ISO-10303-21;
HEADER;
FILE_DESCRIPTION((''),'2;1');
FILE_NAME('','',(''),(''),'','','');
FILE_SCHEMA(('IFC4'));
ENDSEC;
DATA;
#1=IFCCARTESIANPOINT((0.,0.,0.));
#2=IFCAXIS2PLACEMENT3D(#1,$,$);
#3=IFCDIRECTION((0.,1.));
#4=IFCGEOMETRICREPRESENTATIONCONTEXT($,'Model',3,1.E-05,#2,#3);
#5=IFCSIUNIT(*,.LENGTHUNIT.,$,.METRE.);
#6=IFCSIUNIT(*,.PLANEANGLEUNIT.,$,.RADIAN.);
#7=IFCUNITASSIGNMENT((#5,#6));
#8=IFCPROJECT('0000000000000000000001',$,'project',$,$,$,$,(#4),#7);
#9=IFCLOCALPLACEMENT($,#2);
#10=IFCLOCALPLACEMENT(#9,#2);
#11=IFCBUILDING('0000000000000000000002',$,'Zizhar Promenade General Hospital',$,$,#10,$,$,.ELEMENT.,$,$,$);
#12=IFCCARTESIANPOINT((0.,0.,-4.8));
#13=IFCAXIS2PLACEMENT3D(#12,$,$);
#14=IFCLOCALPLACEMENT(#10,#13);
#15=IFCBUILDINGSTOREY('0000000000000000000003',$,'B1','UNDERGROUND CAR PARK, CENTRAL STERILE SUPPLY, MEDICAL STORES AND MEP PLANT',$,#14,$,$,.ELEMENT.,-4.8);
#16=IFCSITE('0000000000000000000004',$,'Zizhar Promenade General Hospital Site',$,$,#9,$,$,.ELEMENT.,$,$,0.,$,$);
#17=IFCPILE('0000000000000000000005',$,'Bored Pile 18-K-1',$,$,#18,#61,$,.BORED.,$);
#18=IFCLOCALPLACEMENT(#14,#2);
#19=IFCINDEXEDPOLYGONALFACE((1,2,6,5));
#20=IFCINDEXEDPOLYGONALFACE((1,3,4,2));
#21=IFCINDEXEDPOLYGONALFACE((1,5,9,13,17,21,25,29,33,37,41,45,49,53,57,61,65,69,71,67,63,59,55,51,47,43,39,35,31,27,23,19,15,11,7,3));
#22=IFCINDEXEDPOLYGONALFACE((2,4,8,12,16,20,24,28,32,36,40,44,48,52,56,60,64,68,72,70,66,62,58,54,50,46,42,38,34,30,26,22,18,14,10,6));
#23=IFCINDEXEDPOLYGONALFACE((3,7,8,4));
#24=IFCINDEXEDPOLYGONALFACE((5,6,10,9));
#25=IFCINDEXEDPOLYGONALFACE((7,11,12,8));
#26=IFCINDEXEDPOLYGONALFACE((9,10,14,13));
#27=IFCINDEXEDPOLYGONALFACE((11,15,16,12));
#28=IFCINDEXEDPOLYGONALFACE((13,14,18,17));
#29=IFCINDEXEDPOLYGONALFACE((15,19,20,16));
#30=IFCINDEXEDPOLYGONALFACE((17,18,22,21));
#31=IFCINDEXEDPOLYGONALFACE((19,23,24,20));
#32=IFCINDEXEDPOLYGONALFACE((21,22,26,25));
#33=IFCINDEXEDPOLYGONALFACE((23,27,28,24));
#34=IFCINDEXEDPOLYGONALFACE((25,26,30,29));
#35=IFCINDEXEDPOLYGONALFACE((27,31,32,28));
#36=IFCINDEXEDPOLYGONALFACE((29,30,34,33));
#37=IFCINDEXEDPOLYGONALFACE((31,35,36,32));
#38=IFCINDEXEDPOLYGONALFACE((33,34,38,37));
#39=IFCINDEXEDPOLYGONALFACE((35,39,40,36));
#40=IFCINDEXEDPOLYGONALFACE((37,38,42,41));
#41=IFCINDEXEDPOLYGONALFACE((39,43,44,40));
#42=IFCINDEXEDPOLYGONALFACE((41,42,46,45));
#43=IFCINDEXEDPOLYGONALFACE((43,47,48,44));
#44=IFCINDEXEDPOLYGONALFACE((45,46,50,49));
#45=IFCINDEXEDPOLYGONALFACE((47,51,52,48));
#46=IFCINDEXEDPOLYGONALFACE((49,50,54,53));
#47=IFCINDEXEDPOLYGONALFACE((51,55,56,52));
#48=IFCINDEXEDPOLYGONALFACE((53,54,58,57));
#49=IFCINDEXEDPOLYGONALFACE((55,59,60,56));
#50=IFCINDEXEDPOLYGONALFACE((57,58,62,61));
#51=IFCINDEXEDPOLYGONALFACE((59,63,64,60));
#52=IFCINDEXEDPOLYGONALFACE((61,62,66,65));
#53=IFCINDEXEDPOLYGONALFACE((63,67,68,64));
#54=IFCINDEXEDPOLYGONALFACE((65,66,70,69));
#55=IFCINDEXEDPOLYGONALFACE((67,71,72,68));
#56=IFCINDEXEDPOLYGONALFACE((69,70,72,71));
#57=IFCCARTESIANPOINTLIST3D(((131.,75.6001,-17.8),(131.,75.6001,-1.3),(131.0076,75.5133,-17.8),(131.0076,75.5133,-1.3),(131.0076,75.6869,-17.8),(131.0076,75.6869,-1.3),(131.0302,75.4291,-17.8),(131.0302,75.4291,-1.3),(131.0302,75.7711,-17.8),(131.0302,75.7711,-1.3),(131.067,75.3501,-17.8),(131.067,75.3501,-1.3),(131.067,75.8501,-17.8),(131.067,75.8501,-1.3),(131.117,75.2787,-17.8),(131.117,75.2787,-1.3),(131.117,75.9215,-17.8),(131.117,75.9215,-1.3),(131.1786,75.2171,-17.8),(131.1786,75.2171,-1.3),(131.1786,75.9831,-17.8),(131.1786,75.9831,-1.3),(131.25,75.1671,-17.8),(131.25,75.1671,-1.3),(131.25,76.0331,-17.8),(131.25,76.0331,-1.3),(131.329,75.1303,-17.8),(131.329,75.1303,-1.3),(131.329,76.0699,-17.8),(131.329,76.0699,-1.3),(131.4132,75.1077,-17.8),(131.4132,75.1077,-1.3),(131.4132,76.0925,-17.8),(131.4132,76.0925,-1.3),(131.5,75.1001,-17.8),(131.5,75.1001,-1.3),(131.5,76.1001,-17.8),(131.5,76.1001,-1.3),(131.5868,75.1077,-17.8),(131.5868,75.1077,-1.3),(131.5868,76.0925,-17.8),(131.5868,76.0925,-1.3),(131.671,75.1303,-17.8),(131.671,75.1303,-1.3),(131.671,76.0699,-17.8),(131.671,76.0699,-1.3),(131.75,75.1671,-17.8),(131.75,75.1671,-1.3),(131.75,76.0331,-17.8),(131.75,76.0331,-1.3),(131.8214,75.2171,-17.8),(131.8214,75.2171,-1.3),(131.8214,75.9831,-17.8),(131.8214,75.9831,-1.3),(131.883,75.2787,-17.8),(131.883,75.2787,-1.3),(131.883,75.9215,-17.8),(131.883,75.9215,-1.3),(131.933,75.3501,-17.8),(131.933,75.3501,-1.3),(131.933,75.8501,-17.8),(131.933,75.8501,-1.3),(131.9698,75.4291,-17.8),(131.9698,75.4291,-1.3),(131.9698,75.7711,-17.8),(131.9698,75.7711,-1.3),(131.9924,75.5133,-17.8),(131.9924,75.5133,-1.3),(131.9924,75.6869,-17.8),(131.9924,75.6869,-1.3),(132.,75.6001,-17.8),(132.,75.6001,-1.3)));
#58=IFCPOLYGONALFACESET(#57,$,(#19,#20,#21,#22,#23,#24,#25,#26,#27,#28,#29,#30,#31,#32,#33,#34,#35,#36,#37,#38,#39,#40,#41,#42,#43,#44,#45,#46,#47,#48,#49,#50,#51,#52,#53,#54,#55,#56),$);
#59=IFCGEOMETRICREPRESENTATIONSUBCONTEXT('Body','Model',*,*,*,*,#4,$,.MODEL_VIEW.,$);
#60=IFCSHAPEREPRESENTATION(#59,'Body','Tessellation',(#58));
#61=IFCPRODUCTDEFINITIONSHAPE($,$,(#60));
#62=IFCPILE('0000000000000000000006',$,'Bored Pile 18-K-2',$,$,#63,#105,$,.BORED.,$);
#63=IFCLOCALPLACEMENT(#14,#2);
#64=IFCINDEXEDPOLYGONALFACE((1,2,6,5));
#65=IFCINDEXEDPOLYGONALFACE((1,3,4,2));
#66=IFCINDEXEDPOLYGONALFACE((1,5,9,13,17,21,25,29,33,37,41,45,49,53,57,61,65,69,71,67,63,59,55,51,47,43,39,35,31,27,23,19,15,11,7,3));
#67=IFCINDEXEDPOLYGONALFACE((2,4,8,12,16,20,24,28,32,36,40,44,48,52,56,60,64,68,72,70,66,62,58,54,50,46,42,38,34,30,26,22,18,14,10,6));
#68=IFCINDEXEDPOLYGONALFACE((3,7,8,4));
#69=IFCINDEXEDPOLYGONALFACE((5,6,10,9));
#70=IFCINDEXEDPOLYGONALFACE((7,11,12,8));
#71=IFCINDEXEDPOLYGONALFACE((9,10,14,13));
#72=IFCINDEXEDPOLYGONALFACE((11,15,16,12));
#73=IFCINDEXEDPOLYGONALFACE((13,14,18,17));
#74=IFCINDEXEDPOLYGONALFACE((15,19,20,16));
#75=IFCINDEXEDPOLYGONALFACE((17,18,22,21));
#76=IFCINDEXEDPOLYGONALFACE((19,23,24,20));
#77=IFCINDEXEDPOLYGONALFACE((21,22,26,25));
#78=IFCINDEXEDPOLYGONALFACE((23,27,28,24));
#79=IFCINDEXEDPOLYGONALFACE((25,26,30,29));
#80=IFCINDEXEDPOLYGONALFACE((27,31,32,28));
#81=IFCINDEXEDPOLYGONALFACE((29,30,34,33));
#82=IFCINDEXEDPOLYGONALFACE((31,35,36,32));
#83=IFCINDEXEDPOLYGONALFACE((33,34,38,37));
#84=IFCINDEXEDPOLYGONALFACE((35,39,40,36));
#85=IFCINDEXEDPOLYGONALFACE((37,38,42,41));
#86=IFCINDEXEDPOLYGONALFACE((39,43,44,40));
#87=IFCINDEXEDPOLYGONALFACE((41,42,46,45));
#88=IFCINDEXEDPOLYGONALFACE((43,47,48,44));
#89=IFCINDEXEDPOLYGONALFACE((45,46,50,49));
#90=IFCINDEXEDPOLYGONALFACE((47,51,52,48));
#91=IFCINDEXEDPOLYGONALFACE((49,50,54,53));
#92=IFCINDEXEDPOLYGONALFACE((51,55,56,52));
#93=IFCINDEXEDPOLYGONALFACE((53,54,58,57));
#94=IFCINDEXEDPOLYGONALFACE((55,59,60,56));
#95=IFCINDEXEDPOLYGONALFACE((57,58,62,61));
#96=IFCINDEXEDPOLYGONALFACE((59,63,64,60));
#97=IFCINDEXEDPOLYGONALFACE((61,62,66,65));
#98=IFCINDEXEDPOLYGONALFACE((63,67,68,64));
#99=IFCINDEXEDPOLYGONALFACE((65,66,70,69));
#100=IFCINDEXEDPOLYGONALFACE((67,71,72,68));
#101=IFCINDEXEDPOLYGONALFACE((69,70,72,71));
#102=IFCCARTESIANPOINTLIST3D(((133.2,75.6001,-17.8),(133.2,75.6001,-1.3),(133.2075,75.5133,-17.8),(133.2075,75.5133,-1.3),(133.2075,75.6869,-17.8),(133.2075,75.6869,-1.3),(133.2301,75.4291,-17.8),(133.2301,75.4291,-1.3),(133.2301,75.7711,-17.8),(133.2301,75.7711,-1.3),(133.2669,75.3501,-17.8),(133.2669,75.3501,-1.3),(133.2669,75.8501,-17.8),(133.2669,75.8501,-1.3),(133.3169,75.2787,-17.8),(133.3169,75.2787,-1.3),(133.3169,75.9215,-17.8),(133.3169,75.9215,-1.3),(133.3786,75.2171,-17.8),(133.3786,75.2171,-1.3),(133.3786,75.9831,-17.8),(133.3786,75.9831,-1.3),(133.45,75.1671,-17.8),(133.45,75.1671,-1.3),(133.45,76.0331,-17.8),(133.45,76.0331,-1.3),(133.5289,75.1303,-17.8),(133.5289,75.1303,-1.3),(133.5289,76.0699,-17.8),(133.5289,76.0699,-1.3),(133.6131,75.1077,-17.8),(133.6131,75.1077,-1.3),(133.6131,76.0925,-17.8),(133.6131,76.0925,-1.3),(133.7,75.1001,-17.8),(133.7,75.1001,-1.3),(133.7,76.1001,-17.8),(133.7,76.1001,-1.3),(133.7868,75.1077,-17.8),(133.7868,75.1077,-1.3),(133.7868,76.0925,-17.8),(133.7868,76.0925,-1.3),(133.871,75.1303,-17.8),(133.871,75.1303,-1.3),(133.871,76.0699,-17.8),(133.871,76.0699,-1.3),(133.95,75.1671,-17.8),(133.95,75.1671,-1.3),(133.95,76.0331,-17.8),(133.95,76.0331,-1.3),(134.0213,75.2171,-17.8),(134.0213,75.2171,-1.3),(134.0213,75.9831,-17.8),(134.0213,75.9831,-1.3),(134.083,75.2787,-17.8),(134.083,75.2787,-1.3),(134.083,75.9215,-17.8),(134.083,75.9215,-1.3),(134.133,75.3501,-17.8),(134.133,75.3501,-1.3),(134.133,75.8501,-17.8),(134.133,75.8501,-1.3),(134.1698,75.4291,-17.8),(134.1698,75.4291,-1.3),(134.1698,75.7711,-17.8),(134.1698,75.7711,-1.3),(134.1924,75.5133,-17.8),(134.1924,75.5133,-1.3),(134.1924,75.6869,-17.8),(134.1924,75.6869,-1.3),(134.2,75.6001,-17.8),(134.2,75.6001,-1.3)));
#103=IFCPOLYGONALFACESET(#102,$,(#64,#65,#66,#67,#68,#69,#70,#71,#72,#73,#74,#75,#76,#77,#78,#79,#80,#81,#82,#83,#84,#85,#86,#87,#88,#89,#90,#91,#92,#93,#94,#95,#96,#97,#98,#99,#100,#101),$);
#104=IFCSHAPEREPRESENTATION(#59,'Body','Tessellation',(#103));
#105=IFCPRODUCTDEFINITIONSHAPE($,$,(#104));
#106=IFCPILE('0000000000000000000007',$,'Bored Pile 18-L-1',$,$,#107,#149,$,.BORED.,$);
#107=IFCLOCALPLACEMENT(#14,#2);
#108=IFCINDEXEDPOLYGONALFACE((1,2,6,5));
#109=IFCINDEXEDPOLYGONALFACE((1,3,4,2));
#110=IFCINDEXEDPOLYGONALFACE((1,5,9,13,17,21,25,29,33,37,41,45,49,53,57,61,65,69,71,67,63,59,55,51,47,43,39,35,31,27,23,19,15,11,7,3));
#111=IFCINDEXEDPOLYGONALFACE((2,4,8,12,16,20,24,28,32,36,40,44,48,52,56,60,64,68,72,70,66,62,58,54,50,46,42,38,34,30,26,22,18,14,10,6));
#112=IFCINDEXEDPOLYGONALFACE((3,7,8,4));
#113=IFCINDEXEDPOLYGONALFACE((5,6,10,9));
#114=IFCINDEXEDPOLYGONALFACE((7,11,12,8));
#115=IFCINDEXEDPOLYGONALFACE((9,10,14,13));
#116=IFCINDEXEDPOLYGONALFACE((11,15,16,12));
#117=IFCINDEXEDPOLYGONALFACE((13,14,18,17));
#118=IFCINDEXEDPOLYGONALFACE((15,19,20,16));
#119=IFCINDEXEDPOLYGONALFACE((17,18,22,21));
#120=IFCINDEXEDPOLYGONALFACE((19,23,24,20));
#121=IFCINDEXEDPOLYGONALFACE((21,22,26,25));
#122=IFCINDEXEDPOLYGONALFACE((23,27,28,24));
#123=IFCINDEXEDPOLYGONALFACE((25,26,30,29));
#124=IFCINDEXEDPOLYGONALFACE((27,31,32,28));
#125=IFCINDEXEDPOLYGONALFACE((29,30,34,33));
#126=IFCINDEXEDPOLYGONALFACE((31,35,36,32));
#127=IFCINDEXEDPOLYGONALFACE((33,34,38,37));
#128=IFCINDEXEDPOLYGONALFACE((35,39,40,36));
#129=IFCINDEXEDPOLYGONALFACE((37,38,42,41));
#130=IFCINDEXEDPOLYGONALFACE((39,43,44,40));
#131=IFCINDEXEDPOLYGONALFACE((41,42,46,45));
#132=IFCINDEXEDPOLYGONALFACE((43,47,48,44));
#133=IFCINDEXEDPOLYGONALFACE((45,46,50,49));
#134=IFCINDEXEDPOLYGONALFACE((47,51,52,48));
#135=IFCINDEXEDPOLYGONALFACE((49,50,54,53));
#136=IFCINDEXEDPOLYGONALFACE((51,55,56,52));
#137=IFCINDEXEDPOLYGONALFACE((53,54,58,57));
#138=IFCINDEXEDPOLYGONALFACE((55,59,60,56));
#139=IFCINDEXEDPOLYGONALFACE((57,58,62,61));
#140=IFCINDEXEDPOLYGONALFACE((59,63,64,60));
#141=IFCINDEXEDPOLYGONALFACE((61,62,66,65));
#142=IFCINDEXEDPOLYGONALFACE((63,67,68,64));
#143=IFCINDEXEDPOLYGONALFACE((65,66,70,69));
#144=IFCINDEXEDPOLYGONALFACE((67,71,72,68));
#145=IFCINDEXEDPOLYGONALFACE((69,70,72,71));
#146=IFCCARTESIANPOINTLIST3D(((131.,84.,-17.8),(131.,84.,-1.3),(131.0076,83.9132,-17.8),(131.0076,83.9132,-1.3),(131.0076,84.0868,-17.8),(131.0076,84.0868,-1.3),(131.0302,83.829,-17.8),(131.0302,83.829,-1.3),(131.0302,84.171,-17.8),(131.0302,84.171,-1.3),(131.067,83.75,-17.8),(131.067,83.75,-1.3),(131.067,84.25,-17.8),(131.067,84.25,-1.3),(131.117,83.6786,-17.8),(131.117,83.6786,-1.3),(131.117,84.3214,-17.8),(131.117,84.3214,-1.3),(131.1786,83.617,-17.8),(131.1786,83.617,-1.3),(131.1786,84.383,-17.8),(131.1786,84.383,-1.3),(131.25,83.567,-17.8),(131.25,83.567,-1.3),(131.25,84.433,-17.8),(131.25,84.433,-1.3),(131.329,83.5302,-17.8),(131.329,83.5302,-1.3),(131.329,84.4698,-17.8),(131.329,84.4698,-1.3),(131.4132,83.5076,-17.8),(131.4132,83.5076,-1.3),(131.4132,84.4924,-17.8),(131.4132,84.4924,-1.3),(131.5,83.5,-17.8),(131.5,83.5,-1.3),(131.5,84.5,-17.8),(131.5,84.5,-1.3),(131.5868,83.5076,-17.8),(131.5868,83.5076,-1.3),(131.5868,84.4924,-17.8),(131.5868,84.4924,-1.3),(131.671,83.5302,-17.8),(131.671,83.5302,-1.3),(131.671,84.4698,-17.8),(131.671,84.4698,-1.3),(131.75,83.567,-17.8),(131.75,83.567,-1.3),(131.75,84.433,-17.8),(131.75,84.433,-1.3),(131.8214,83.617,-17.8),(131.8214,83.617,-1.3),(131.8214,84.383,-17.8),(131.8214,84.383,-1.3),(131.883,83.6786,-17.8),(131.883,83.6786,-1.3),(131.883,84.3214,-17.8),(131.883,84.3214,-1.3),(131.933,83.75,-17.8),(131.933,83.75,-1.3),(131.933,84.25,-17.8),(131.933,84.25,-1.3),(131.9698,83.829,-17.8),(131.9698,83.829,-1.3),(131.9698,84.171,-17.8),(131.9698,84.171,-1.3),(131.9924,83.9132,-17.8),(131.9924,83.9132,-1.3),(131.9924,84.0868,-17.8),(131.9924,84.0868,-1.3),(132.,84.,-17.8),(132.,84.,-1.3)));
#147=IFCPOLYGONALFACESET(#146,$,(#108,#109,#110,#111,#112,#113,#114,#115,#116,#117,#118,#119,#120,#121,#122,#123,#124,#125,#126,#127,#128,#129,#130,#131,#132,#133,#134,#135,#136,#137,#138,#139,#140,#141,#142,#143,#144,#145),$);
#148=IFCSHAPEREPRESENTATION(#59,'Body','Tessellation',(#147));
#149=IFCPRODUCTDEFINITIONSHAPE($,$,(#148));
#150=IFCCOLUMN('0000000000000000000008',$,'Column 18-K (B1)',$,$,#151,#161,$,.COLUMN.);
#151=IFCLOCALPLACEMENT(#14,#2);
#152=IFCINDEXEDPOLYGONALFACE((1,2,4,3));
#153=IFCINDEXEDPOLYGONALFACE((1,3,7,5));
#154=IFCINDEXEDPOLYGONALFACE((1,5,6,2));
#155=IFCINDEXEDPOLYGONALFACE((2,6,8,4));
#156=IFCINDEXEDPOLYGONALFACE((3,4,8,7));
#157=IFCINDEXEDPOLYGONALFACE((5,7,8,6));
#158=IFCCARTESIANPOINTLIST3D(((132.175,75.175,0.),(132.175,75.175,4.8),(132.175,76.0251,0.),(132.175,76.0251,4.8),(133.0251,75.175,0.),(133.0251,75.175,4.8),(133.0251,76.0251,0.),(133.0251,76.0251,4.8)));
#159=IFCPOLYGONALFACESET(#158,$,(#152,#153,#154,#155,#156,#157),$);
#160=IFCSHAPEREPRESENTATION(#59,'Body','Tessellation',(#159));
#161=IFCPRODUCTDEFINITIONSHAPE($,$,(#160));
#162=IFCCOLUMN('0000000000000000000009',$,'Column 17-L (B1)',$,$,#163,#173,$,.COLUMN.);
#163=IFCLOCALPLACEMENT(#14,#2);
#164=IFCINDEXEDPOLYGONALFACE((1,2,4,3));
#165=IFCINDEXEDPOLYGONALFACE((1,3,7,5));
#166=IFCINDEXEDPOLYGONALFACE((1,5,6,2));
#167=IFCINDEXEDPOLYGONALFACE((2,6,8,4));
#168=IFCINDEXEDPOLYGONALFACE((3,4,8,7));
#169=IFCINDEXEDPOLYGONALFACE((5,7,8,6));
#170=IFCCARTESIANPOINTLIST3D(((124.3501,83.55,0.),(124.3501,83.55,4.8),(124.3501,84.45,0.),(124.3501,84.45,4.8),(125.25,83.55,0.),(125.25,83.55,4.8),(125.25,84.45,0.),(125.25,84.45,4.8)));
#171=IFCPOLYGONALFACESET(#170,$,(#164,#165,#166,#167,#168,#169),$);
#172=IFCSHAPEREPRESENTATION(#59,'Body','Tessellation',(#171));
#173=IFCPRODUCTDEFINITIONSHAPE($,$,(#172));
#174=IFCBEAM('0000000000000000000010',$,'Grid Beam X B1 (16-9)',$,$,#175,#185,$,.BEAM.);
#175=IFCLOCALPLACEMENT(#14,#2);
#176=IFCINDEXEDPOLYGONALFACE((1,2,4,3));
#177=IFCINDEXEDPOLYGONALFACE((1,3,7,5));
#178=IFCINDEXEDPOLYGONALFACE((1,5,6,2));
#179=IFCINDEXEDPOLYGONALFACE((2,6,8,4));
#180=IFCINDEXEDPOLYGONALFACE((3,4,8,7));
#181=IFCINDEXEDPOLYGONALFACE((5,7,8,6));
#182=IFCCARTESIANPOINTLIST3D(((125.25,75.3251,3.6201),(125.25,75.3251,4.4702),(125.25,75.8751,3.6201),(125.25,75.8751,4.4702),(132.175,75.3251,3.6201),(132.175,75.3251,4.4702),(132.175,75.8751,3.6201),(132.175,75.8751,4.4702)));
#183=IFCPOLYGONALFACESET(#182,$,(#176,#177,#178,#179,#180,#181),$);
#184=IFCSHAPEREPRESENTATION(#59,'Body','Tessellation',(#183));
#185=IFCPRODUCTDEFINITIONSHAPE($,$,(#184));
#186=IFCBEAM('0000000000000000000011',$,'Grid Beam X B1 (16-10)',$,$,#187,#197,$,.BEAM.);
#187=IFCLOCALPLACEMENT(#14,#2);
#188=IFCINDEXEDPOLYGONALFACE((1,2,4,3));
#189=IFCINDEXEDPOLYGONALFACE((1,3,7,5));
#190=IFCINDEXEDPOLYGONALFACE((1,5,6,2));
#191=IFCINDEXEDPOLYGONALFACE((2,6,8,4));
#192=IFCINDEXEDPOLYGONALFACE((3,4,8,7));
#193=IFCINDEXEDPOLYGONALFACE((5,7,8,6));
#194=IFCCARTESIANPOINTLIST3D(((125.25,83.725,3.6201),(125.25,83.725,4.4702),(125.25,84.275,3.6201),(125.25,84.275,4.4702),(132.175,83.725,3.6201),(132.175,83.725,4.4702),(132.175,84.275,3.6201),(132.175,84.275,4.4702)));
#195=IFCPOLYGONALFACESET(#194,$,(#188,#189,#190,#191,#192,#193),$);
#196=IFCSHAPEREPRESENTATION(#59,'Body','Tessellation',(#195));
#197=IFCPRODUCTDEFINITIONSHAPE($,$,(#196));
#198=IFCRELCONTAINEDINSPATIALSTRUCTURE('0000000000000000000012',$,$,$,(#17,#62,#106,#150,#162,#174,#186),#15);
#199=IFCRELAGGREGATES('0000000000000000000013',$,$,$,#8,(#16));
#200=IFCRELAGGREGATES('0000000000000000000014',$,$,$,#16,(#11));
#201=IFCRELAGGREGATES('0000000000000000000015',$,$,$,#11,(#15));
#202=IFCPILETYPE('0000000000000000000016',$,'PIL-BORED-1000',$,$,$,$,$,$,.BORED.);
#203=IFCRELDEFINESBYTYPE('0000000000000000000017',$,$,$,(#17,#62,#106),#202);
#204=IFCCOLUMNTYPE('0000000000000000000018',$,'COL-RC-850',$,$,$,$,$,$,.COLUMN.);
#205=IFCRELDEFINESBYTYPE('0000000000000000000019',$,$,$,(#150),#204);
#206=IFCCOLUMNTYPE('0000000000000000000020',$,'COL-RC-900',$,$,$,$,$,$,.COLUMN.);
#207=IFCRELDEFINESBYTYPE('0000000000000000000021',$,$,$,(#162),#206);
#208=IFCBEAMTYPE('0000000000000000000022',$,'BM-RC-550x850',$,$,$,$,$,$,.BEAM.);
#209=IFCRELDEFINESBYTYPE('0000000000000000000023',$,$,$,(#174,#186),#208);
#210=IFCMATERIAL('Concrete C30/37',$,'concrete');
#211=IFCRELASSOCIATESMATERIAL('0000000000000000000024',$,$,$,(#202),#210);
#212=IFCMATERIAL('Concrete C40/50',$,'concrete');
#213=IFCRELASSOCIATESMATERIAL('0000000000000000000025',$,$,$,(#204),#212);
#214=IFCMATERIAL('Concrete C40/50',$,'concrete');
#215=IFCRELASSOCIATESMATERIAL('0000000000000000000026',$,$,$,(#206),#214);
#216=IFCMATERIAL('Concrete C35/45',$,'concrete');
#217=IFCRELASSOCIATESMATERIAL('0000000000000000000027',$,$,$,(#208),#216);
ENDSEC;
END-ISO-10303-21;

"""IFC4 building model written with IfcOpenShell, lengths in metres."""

from ifc_helpers import new_model, si_unit, direction, frame, origin, origin_2d, place, context, subcontext, project, spatial, rectangle, circle, extrude, material, material_profile, profile_set, type_object, element, save


model = new_model("IFC4")

# Units and contexts
model_context = context("Model", 3, precision=1e-05, world=origin(), true_north=direction((0.0, 1.0)))
body_context = subcontext(model_context, "Body", "Model", "MODEL_VIEW")
ifc_project = project(units=[si_unit("LENGTHUNIT", "METRE"), si_unit("PLANEANGLEUNIT", "RADIAN")], contexts=[model_context])

# Site, building, storey
site_placement = place(None, origin())
site = spatial("IfcSite", under=ifc_project, at=site_placement, Name="Zizhar Promenade General Hospital Site", CompositionType="ELEMENT", RefElevation=0.0)
building_placement = place(site_placement, origin())
building = spatial("IfcBuilding", under=site, at=building_placement, Name="Zizhar Promenade General Hospital", CompositionType="ELEMENT")
storey_placement = place(building_placement, frame((0.0, 0.0, -4.8)))
storey = spatial("IfcBuildingStorey", under=building, at=storey_placement, Name="B1", Description="UNDERGROUND CAR PARK, CENTRAL STERILE SUPPLY, MEDICAL STORES AND MEP PLANT", CompositionType="ELEMENT", Elevation=-4.8)

# Piles
ifc_material_1 = material(Name="Concrete C30/37", Category="concrete")
ifc_material_profile_1 = material_profile(ifc_material_1, circle(Radius=0.5, at=origin_2d()))
ifc_profile_set_1 = profile_set([ifc_material_profile_1], Name="Concrete C30/37")
pile_type = type_object("IfcPileType", Name="PIL-BORED-1000", PredefinedType="BORED", material=ifc_profile_set_1)
for number, where, z_axis, x_axis, name in (
    (1, (131.5, 75.6001, -1.3), (0.0, 0.0, -1.0), (1.0, 0.0, 0.0), "Bored Pile 18-K-1"),
    (2, (133.7, 75.6001, -1.3), (0.0, 0.0, -1.0), (1.0, 0.0, 0.0), "Bored Pile 18-K-2"),
    (3, (131.5, 84.0, -1.3), (0.0, 0.0, -1.0), (1.0, 0.0, 0.0), "Bored Pile 18-L-1"),
):
    element("IfcPile", number, at=place(storey_placement, frame(where, z_axis=z_axis, x_axis=x_axis)), inside=storey, type_object=pile_type, Name=name, PredefinedType="BORED", context=body_context, shape_type="SweptSolid", body=[
        extrude(circle(Radius=0.5, at=origin_2d()), origin(), (0.0, 0.0, 1.0), 16.5),
    ])

# Columns
ifc_material_2 = material(Name="Concrete C40/50", Category="concrete")
ifc_material_profile_2 = material_profile(ifc_material_2, rectangle(XDim=0.8501, YDim=0.8501, at=origin_2d()))
ifc_profile_set_2 = profile_set([ifc_material_profile_2], Name="Concrete C40/50")
column_type_1 = type_object("IfcColumnType", Name="COL-RC-850", PredefinedType="COLUMN", material=ifc_profile_set_2)
column_1_placement = place(storey_placement, frame((132.6001, 75.6001, 0.0), z_axis=(0.0, 0.0, 1.0), x_axis=(1.0, 0.0, 0.0)))
element("IfcColumn", 4, at=column_1_placement, inside=storey, type_object=column_type_1, Name="Column 18-K (B1)", PredefinedType="COLUMN", context=body_context, shape_type="SweptSolid", body=[
    extrude(rectangle(XDim=0.8501, YDim=0.8501, at=origin_2d()), origin(), (0.0, 0.0, 1.0), 4.8),
])
ifc_material_3 = material(Name="Concrete C40/50", Category="concrete")
ifc_material_profile_3 = material_profile(ifc_material_3, rectangle(XDim=0.8999, YDim=0.8999, at=origin_2d()))
ifc_profile_set_3 = profile_set([ifc_material_profile_3], Name="Concrete C40/50")
column_type_2 = type_object("IfcColumnType", Name="COL-RC-900", PredefinedType="COLUMN", material=ifc_profile_set_3)
column_2_placement = place(storey_placement, frame((124.8, 84.0, 0.0), z_axis=(0.0, 0.0, 1.0), x_axis=(1.0, 0.0, 0.0)))
element("IfcColumn", 5, at=column_2_placement, inside=storey, type_object=column_type_2, Name="Column 17-L (B1)", PredefinedType="COLUMN", context=body_context, shape_type="SweptSolid", body=[
    extrude(rectangle(XDim=0.8999, YDim=0.8999, at=origin_2d()), origin(), (0.0, 0.0, 1.0), 4.8),
])

# Beams
ifc_material_4 = material(Name="Concrete C35/45", Category="concrete")
ifc_material_profile_4 = material_profile(ifc_material_4, rectangle(XDim=0.55, YDim=0.8501, at=origin_2d()))
ifc_profile_set_4 = profile_set([ifc_material_profile_4], Name="Concrete C35/45")
beam_type_1 = type_object("IfcBeamType", Name="BM-RC-550x850", PredefinedType="BEAM", material=ifc_profile_set_4)
for number, where, z_axis, x_axis, name in (
    (6, (125.25, 75.6001, 4.0452), (1.0, 0.0, 0.0), (0.0, 1.0, 0.0), "Grid Beam X B1 (16-9)"),
    (7, (125.25, 84.0, 4.0452), (1.0, 0.0, 0.0), (0.0, 1.0, 0.0), "Grid Beam X B1 (16-10)"),
):
    element("IfcBeam", number, at=place(storey_placement, frame(where, z_axis=z_axis, x_axis=x_axis)), inside=storey, type_object=beam_type_1, Name=name, PredefinedType="BEAM", context=body_context, shape_type="SweptSolid", body=[
        extrude(rectangle(XDim=0.55, YDim=0.8501, at=origin_2d()), origin(), (0.0, 0.0, 1.0), 6.925),
    ])

save(model, "model.ifc")
